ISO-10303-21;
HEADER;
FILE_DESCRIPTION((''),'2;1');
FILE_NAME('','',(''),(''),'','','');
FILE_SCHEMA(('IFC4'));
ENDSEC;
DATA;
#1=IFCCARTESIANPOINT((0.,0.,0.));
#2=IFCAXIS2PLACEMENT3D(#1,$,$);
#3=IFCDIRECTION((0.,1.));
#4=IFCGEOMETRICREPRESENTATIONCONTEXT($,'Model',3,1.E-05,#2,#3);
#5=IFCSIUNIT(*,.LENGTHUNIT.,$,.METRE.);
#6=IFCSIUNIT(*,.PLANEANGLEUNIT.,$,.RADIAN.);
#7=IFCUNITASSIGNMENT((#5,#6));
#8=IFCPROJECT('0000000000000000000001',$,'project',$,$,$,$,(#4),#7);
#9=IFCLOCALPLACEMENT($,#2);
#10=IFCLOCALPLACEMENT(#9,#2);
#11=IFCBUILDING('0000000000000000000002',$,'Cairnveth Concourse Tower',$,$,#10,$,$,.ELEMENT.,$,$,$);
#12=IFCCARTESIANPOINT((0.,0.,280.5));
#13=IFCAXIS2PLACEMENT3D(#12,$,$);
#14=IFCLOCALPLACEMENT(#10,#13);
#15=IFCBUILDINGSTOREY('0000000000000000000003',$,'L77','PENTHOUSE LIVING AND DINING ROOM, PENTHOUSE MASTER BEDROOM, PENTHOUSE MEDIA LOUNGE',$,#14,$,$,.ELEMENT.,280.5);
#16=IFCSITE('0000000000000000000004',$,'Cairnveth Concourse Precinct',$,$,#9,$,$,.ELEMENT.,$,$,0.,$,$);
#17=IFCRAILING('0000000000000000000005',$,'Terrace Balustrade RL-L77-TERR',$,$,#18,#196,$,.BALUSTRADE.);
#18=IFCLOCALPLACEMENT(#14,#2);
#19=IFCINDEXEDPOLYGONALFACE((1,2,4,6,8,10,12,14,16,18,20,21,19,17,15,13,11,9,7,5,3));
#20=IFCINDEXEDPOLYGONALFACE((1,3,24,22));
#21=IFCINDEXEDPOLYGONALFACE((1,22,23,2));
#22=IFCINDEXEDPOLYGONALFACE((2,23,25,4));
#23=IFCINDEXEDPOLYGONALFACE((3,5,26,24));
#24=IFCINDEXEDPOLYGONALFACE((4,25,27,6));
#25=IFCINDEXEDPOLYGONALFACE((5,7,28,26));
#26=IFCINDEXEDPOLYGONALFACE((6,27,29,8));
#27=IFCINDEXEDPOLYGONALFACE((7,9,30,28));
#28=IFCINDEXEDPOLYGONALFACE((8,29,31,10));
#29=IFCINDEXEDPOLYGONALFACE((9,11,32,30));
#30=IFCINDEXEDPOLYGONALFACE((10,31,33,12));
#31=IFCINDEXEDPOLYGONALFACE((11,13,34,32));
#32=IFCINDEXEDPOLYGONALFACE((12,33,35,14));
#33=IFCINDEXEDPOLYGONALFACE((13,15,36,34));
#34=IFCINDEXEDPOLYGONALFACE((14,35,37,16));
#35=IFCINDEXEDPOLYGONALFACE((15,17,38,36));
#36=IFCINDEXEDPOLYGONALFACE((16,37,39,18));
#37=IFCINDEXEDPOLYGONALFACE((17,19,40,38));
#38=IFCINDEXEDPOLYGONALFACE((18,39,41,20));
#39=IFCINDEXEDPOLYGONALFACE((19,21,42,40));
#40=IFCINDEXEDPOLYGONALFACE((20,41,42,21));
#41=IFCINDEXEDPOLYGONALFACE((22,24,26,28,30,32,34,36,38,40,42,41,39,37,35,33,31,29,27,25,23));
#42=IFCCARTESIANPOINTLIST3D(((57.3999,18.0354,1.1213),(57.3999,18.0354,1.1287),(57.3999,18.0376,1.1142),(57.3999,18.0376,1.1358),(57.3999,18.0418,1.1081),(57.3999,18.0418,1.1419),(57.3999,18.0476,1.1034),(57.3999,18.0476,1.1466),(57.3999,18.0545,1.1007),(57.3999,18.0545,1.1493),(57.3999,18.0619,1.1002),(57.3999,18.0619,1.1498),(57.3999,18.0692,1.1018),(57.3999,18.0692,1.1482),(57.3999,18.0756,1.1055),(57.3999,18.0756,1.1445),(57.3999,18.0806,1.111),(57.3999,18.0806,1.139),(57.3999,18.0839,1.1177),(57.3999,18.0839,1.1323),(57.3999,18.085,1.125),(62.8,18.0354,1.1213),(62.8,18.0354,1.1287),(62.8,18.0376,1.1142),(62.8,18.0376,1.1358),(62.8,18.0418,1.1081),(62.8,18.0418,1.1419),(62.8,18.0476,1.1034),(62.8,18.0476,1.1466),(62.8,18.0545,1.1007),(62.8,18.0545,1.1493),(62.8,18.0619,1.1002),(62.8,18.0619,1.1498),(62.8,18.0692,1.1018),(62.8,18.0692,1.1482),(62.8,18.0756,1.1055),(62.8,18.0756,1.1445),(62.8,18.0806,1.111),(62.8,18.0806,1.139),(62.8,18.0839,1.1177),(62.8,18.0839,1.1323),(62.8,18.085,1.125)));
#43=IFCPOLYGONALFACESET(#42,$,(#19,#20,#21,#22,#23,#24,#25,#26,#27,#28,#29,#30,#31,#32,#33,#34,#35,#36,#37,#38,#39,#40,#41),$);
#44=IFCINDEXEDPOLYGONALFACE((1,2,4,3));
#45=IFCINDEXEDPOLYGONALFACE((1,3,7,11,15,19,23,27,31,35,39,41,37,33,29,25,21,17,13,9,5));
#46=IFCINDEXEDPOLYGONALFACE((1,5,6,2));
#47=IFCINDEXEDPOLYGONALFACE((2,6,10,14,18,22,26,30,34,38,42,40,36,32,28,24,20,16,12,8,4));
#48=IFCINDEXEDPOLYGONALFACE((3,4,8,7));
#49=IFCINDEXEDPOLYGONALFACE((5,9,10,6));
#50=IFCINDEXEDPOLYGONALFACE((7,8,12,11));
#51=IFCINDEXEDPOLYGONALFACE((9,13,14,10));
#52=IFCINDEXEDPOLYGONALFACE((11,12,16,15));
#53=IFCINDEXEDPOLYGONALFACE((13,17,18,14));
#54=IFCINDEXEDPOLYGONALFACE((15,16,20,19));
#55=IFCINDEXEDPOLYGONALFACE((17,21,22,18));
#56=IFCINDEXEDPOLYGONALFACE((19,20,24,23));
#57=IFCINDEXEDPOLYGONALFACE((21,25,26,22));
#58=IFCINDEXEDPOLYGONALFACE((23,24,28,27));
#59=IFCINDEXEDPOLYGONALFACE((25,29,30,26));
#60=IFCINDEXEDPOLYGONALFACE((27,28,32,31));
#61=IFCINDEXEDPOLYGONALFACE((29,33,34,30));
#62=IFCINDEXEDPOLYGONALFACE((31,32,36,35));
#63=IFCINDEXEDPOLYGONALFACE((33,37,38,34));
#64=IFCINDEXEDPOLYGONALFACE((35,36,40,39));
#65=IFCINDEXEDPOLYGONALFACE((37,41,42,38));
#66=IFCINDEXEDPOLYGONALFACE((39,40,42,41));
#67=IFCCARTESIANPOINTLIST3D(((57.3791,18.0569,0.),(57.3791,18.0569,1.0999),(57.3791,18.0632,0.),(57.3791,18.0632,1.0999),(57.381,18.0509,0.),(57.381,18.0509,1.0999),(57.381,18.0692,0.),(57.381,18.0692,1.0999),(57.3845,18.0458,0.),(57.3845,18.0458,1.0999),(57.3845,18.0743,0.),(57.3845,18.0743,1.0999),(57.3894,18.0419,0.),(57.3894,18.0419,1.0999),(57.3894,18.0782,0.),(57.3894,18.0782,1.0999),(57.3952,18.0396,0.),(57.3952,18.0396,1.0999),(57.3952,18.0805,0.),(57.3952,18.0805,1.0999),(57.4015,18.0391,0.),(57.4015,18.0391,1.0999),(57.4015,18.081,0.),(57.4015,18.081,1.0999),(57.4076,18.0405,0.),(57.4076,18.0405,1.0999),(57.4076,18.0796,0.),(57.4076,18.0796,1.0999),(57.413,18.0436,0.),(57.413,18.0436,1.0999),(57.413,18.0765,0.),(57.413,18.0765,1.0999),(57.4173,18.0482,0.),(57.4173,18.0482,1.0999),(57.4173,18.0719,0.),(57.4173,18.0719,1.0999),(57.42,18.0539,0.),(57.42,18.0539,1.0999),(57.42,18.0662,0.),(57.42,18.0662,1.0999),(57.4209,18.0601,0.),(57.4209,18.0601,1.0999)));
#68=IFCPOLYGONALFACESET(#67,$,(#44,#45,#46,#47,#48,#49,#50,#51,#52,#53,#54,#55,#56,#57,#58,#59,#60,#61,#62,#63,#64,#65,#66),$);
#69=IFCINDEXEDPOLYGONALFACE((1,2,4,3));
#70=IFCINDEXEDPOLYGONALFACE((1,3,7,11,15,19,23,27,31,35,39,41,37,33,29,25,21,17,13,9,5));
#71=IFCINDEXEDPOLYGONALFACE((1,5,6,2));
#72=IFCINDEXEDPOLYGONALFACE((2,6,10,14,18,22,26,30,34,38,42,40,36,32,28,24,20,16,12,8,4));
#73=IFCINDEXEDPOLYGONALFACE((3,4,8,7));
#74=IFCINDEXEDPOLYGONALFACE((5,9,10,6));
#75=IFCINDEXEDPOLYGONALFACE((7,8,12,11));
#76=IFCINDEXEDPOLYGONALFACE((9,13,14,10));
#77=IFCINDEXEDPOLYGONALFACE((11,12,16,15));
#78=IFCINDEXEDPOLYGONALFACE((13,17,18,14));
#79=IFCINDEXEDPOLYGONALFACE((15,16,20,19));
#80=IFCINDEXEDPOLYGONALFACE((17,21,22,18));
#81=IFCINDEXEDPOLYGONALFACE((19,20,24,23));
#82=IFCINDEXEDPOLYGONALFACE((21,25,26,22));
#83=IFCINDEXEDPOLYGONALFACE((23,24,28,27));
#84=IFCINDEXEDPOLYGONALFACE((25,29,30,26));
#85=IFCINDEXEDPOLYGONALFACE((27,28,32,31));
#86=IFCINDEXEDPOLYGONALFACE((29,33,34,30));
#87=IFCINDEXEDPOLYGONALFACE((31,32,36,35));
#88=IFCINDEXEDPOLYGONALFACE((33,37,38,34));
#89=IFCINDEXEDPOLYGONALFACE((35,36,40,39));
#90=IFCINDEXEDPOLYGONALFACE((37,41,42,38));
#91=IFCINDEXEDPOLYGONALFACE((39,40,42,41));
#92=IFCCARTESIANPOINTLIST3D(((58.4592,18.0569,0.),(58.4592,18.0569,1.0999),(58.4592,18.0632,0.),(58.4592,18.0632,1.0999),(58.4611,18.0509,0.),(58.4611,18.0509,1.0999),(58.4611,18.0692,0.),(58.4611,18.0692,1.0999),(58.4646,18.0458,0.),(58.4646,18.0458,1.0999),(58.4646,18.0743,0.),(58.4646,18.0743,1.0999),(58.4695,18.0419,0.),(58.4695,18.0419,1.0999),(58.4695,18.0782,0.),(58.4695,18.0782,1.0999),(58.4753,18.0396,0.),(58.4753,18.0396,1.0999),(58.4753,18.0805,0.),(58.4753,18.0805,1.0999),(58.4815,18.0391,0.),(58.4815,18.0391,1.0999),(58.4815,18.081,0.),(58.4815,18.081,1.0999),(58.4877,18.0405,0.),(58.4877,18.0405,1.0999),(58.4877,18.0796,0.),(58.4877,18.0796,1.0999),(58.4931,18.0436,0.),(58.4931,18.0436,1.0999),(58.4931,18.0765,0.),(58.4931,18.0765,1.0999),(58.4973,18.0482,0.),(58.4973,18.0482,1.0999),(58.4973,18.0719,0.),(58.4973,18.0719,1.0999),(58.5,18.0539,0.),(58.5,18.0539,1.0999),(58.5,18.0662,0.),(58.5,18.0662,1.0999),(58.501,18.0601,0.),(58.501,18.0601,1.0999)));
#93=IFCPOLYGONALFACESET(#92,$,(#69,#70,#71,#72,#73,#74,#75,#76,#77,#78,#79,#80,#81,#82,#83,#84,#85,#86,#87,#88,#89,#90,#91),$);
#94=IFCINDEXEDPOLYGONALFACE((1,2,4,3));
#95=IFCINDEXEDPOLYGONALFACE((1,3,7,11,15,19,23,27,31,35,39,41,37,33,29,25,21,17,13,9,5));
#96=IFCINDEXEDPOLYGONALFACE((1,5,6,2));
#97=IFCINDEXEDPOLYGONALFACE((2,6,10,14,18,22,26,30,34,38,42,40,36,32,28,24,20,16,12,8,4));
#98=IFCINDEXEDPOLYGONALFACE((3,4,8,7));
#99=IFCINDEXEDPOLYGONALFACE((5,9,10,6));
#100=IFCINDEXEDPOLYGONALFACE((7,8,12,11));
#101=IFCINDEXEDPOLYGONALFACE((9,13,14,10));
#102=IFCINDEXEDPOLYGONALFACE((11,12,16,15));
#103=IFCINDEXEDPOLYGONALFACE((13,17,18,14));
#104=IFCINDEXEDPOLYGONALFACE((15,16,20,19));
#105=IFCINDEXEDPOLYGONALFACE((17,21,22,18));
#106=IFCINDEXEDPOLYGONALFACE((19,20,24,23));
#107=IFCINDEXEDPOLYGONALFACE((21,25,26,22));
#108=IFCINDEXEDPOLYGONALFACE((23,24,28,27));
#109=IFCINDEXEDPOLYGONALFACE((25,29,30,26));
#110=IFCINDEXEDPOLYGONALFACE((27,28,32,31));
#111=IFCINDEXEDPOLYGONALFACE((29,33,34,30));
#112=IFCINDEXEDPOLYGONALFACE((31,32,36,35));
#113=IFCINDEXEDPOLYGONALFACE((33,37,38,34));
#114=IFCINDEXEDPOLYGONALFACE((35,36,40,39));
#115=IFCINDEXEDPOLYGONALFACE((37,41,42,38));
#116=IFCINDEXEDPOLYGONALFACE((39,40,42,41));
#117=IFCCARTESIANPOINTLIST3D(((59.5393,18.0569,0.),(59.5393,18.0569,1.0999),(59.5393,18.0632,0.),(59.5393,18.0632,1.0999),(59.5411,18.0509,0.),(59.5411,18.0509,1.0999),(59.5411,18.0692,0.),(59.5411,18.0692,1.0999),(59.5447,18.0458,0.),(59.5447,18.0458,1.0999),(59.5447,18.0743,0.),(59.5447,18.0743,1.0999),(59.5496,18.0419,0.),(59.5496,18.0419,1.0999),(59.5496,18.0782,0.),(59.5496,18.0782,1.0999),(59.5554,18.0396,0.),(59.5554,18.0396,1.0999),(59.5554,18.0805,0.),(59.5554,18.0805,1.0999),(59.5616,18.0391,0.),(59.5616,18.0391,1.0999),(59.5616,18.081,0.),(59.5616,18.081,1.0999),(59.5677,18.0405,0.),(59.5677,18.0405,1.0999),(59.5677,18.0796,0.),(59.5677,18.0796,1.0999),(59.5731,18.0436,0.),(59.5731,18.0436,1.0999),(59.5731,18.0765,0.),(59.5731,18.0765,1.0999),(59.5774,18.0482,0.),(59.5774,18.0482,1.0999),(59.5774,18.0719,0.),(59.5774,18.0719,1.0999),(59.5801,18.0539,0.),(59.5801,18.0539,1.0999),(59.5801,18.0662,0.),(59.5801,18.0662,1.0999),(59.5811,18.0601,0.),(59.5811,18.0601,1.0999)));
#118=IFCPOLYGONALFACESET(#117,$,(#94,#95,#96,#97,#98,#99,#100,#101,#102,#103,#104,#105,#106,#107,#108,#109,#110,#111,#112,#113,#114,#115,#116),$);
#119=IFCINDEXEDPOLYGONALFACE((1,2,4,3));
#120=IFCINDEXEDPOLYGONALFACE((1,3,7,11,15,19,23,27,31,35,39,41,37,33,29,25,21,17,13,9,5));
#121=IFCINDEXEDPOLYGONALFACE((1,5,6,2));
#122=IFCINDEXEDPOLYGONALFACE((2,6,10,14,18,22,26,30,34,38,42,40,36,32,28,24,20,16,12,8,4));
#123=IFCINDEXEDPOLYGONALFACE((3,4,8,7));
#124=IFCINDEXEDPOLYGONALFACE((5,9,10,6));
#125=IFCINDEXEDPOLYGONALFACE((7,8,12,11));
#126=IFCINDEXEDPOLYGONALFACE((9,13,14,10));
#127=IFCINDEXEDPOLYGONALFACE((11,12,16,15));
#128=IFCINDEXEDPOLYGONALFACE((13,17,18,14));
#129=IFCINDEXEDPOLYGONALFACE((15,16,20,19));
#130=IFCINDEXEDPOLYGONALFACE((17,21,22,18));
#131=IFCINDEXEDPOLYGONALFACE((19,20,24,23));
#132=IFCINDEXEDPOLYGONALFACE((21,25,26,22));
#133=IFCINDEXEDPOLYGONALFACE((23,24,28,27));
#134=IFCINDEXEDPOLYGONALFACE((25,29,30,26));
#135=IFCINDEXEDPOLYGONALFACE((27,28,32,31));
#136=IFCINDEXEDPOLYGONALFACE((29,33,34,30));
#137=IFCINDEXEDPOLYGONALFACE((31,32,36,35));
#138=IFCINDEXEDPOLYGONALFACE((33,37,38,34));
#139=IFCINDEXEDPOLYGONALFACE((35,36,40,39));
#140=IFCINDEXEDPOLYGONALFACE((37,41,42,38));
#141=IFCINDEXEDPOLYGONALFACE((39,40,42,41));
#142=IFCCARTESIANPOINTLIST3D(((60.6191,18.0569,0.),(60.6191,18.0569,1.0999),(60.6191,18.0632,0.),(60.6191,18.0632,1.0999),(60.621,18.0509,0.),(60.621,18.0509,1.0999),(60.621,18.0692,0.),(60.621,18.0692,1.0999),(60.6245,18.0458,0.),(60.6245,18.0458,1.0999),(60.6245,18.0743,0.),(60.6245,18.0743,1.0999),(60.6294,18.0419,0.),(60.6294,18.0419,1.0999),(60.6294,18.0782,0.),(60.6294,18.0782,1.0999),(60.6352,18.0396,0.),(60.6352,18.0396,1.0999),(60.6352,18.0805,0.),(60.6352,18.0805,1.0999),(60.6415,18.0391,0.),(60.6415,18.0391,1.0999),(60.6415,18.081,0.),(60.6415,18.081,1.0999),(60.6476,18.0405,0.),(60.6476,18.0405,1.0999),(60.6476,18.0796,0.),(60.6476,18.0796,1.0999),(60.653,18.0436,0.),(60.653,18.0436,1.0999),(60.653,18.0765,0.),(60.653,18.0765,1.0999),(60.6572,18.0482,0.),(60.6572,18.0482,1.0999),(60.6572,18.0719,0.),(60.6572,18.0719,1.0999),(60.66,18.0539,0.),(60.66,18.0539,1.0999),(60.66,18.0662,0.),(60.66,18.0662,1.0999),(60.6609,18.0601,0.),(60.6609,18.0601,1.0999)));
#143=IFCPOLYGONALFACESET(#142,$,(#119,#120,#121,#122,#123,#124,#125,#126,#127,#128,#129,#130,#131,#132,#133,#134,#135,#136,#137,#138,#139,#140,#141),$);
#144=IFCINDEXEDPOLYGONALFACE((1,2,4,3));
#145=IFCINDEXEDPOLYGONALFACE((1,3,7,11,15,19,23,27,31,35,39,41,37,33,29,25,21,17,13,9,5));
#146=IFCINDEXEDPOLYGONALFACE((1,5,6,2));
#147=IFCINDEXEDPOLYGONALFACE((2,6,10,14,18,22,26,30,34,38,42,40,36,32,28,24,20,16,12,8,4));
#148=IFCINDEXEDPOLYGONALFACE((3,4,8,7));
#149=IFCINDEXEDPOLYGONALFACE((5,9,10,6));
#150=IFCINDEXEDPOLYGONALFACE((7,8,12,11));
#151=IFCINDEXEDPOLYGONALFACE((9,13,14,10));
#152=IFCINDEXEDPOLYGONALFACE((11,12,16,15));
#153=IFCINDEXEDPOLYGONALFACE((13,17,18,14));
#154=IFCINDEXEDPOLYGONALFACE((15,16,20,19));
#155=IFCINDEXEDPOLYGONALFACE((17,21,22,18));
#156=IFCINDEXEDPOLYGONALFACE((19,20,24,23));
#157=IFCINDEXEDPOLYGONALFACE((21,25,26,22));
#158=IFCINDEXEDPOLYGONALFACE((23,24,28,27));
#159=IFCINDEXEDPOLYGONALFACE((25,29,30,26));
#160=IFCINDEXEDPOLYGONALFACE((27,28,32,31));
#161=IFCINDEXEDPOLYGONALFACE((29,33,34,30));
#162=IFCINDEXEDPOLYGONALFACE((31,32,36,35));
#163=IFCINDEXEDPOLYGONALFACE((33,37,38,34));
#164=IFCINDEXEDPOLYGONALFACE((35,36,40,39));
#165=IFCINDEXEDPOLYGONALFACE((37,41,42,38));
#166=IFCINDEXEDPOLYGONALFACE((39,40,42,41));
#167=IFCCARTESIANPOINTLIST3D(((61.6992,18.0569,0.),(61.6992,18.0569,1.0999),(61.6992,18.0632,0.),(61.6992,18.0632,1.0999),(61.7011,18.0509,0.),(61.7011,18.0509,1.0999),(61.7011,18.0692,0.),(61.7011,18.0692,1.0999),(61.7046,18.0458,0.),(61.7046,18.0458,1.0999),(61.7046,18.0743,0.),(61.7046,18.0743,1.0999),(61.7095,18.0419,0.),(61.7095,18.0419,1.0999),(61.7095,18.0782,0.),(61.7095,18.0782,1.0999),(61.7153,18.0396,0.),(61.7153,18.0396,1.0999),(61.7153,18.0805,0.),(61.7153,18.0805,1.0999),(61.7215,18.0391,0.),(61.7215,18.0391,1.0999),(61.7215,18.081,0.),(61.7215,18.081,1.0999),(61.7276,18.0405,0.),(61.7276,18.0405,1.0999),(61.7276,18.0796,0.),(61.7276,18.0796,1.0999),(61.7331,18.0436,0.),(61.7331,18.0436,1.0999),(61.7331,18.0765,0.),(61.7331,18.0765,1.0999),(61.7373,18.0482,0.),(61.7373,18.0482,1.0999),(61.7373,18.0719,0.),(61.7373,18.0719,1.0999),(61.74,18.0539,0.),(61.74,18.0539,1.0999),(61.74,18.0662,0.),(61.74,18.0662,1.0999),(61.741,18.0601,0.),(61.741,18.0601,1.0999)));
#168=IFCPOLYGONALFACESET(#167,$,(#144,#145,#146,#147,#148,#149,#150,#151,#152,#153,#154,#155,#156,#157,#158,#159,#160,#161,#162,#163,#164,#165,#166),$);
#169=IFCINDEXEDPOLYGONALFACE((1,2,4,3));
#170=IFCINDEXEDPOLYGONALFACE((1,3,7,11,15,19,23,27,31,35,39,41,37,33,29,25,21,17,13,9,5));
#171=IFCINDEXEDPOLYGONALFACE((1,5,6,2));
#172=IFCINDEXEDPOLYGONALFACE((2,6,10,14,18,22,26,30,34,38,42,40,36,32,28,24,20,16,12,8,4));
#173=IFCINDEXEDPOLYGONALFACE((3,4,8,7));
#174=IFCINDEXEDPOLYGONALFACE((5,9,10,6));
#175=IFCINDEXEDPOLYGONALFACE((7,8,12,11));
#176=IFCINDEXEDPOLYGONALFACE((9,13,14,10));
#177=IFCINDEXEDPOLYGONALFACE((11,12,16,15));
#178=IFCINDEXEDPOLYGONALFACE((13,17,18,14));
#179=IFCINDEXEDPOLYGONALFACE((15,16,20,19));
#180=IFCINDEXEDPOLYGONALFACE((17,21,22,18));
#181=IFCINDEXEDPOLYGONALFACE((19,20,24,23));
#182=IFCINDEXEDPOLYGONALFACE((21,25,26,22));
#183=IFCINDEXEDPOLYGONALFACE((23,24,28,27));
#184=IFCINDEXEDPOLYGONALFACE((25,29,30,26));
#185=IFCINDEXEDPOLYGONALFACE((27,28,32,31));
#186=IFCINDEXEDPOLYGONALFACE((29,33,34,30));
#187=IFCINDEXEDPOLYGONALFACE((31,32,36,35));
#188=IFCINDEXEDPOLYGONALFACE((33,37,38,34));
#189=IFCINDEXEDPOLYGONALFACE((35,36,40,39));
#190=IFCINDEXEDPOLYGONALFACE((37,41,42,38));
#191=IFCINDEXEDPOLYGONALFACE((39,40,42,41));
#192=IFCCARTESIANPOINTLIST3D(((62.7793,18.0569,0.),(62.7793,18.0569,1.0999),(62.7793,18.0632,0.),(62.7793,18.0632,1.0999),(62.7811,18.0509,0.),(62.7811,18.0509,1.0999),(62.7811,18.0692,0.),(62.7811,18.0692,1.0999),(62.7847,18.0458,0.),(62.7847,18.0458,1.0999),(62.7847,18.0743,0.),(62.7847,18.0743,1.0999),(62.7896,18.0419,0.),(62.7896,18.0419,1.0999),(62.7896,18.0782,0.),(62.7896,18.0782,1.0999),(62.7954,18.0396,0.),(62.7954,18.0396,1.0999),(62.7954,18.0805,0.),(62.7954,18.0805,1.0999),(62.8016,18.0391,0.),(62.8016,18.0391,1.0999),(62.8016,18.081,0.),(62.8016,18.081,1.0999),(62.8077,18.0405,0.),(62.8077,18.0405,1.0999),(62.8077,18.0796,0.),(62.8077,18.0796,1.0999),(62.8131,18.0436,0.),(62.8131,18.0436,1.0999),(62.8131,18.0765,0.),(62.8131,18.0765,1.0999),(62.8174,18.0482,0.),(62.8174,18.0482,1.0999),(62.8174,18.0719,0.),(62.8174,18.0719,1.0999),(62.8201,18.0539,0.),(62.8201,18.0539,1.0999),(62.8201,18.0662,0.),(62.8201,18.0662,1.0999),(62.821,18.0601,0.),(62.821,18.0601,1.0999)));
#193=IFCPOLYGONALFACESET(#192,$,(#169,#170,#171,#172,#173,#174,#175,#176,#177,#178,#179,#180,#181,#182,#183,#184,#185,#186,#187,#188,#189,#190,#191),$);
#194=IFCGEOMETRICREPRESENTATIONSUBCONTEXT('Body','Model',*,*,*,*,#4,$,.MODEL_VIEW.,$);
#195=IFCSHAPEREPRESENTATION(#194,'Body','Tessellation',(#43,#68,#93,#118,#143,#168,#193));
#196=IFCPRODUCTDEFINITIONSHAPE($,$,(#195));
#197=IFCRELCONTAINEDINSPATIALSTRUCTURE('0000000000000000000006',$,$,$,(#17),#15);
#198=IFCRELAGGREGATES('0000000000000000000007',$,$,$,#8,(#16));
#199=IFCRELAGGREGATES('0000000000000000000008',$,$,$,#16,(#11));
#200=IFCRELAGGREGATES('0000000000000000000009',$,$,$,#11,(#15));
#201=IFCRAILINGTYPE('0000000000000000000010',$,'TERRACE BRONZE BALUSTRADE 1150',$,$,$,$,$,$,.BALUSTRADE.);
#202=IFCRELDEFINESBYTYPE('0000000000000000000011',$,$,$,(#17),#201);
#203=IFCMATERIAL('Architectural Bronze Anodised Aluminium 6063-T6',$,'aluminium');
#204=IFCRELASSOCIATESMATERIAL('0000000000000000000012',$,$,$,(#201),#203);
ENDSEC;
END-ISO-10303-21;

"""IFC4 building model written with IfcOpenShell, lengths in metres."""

from ifc_helpers import new_model, si_unit, direction, frame, origin, origin_2d, place, context, subcontext, project, spatial, circle, extrude, material, type_object, element, save


model = new_model("IFC4")

# Units and contexts
model_context = context("Model", 3, precision=1e-05, world=origin(), true_north=direction((0.0, 1.0)))
body_context = subcontext(model_context, "Body", "Model", "MODEL_VIEW")
ifc_project = project(units=[si_unit("LENGTHUNIT", "METRE"), si_unit("PLANEANGLEUNIT", "RADIAN")], contexts=[model_context])

# Site, building, storey
site_placement = place(None, origin())
site = spatial("IfcSite", under=ifc_project, at=site_placement, Name="Cairnveth Concourse Precinct", CompositionType="ELEMENT", RefElevation=0.0)
building_placement = place(site_placement, origin())
building = spatial("IfcBuilding", under=site, at=building_placement, Name="Cairnveth Concourse Tower", CompositionType="ELEMENT")
storey_placement = place(building_placement, frame((0.0, 0.0, 280.5)))
storey = spatial("IfcBuildingStorey", under=building, at=storey_placement, Name="L77", Description="PENTHOUSE LIVING AND DINING ROOM, PENTHOUSE MASTER BEDROOM, PENTHOUSE MEDIA LOUNGE", CompositionType="ELEMENT", Elevation=280.5)

# Shared definitions
ifc_material_1 = material(Name="Architectural Bronze Anodised Aluminium 6063-T6", Category="aluminium")

# Railing
railing_type = type_object("IfcRailingType", Name="TERRACE BRONZE BALUSTRADE 1150", PredefinedType="BALUSTRADE", material=ifc_material_1)
railing_placement = place(storey_placement, frame((57.3999, 18.0601, 0.0)))
element("IfcRailing", 1, at=railing_placement, inside=storey, type_object=railing_type, Name="Terrace Balustrade RL-L77-TERR", PredefinedType="BALUSTRADE", context=body_context, shape_type="SweptSolid", body=[
    extrude(circle(Radius=0.0249, at=origin_2d()), frame((0.0, 0.0, 1.125), z_axis=(1.0, 0.0, 0.0), x_axis=(0.0, 1.0, 0.0)), (0.0, 0.0, 1.0), 5.4001),
    extrude(circle(Radius=0.021, at=origin_2d()), origin(), (0.0, 0.0, 1.0), 1.0999),
    extrude(circle(Radius=0.021, at=origin_2d()), frame((1.0801, 0.0, 0.0)), (0.0, 0.0, 1.0), 1.0999),
    extrude(circle(Radius=0.021, at=origin_2d()), frame((2.1602, 0.0, 0.0)), (0.0, 0.0, 1.0), 1.0999),
    extrude(circle(Radius=0.021, at=origin_2d()), frame((3.24, 0.0, 0.0)), (0.0, 0.0, 1.0), 1.0999),
    extrude(circle(Radius=0.021, at=origin_2d()), frame((4.3201, 0.0, 0.0)), (0.0, 0.0, 1.0), 1.0999),
    extrude(circle(Radius=0.021, at=origin_2d()), frame((5.4001, 0.0, 0.0)), (0.0, 0.0, 1.0), 1.0999),
])

save(model, "model.ifc")
